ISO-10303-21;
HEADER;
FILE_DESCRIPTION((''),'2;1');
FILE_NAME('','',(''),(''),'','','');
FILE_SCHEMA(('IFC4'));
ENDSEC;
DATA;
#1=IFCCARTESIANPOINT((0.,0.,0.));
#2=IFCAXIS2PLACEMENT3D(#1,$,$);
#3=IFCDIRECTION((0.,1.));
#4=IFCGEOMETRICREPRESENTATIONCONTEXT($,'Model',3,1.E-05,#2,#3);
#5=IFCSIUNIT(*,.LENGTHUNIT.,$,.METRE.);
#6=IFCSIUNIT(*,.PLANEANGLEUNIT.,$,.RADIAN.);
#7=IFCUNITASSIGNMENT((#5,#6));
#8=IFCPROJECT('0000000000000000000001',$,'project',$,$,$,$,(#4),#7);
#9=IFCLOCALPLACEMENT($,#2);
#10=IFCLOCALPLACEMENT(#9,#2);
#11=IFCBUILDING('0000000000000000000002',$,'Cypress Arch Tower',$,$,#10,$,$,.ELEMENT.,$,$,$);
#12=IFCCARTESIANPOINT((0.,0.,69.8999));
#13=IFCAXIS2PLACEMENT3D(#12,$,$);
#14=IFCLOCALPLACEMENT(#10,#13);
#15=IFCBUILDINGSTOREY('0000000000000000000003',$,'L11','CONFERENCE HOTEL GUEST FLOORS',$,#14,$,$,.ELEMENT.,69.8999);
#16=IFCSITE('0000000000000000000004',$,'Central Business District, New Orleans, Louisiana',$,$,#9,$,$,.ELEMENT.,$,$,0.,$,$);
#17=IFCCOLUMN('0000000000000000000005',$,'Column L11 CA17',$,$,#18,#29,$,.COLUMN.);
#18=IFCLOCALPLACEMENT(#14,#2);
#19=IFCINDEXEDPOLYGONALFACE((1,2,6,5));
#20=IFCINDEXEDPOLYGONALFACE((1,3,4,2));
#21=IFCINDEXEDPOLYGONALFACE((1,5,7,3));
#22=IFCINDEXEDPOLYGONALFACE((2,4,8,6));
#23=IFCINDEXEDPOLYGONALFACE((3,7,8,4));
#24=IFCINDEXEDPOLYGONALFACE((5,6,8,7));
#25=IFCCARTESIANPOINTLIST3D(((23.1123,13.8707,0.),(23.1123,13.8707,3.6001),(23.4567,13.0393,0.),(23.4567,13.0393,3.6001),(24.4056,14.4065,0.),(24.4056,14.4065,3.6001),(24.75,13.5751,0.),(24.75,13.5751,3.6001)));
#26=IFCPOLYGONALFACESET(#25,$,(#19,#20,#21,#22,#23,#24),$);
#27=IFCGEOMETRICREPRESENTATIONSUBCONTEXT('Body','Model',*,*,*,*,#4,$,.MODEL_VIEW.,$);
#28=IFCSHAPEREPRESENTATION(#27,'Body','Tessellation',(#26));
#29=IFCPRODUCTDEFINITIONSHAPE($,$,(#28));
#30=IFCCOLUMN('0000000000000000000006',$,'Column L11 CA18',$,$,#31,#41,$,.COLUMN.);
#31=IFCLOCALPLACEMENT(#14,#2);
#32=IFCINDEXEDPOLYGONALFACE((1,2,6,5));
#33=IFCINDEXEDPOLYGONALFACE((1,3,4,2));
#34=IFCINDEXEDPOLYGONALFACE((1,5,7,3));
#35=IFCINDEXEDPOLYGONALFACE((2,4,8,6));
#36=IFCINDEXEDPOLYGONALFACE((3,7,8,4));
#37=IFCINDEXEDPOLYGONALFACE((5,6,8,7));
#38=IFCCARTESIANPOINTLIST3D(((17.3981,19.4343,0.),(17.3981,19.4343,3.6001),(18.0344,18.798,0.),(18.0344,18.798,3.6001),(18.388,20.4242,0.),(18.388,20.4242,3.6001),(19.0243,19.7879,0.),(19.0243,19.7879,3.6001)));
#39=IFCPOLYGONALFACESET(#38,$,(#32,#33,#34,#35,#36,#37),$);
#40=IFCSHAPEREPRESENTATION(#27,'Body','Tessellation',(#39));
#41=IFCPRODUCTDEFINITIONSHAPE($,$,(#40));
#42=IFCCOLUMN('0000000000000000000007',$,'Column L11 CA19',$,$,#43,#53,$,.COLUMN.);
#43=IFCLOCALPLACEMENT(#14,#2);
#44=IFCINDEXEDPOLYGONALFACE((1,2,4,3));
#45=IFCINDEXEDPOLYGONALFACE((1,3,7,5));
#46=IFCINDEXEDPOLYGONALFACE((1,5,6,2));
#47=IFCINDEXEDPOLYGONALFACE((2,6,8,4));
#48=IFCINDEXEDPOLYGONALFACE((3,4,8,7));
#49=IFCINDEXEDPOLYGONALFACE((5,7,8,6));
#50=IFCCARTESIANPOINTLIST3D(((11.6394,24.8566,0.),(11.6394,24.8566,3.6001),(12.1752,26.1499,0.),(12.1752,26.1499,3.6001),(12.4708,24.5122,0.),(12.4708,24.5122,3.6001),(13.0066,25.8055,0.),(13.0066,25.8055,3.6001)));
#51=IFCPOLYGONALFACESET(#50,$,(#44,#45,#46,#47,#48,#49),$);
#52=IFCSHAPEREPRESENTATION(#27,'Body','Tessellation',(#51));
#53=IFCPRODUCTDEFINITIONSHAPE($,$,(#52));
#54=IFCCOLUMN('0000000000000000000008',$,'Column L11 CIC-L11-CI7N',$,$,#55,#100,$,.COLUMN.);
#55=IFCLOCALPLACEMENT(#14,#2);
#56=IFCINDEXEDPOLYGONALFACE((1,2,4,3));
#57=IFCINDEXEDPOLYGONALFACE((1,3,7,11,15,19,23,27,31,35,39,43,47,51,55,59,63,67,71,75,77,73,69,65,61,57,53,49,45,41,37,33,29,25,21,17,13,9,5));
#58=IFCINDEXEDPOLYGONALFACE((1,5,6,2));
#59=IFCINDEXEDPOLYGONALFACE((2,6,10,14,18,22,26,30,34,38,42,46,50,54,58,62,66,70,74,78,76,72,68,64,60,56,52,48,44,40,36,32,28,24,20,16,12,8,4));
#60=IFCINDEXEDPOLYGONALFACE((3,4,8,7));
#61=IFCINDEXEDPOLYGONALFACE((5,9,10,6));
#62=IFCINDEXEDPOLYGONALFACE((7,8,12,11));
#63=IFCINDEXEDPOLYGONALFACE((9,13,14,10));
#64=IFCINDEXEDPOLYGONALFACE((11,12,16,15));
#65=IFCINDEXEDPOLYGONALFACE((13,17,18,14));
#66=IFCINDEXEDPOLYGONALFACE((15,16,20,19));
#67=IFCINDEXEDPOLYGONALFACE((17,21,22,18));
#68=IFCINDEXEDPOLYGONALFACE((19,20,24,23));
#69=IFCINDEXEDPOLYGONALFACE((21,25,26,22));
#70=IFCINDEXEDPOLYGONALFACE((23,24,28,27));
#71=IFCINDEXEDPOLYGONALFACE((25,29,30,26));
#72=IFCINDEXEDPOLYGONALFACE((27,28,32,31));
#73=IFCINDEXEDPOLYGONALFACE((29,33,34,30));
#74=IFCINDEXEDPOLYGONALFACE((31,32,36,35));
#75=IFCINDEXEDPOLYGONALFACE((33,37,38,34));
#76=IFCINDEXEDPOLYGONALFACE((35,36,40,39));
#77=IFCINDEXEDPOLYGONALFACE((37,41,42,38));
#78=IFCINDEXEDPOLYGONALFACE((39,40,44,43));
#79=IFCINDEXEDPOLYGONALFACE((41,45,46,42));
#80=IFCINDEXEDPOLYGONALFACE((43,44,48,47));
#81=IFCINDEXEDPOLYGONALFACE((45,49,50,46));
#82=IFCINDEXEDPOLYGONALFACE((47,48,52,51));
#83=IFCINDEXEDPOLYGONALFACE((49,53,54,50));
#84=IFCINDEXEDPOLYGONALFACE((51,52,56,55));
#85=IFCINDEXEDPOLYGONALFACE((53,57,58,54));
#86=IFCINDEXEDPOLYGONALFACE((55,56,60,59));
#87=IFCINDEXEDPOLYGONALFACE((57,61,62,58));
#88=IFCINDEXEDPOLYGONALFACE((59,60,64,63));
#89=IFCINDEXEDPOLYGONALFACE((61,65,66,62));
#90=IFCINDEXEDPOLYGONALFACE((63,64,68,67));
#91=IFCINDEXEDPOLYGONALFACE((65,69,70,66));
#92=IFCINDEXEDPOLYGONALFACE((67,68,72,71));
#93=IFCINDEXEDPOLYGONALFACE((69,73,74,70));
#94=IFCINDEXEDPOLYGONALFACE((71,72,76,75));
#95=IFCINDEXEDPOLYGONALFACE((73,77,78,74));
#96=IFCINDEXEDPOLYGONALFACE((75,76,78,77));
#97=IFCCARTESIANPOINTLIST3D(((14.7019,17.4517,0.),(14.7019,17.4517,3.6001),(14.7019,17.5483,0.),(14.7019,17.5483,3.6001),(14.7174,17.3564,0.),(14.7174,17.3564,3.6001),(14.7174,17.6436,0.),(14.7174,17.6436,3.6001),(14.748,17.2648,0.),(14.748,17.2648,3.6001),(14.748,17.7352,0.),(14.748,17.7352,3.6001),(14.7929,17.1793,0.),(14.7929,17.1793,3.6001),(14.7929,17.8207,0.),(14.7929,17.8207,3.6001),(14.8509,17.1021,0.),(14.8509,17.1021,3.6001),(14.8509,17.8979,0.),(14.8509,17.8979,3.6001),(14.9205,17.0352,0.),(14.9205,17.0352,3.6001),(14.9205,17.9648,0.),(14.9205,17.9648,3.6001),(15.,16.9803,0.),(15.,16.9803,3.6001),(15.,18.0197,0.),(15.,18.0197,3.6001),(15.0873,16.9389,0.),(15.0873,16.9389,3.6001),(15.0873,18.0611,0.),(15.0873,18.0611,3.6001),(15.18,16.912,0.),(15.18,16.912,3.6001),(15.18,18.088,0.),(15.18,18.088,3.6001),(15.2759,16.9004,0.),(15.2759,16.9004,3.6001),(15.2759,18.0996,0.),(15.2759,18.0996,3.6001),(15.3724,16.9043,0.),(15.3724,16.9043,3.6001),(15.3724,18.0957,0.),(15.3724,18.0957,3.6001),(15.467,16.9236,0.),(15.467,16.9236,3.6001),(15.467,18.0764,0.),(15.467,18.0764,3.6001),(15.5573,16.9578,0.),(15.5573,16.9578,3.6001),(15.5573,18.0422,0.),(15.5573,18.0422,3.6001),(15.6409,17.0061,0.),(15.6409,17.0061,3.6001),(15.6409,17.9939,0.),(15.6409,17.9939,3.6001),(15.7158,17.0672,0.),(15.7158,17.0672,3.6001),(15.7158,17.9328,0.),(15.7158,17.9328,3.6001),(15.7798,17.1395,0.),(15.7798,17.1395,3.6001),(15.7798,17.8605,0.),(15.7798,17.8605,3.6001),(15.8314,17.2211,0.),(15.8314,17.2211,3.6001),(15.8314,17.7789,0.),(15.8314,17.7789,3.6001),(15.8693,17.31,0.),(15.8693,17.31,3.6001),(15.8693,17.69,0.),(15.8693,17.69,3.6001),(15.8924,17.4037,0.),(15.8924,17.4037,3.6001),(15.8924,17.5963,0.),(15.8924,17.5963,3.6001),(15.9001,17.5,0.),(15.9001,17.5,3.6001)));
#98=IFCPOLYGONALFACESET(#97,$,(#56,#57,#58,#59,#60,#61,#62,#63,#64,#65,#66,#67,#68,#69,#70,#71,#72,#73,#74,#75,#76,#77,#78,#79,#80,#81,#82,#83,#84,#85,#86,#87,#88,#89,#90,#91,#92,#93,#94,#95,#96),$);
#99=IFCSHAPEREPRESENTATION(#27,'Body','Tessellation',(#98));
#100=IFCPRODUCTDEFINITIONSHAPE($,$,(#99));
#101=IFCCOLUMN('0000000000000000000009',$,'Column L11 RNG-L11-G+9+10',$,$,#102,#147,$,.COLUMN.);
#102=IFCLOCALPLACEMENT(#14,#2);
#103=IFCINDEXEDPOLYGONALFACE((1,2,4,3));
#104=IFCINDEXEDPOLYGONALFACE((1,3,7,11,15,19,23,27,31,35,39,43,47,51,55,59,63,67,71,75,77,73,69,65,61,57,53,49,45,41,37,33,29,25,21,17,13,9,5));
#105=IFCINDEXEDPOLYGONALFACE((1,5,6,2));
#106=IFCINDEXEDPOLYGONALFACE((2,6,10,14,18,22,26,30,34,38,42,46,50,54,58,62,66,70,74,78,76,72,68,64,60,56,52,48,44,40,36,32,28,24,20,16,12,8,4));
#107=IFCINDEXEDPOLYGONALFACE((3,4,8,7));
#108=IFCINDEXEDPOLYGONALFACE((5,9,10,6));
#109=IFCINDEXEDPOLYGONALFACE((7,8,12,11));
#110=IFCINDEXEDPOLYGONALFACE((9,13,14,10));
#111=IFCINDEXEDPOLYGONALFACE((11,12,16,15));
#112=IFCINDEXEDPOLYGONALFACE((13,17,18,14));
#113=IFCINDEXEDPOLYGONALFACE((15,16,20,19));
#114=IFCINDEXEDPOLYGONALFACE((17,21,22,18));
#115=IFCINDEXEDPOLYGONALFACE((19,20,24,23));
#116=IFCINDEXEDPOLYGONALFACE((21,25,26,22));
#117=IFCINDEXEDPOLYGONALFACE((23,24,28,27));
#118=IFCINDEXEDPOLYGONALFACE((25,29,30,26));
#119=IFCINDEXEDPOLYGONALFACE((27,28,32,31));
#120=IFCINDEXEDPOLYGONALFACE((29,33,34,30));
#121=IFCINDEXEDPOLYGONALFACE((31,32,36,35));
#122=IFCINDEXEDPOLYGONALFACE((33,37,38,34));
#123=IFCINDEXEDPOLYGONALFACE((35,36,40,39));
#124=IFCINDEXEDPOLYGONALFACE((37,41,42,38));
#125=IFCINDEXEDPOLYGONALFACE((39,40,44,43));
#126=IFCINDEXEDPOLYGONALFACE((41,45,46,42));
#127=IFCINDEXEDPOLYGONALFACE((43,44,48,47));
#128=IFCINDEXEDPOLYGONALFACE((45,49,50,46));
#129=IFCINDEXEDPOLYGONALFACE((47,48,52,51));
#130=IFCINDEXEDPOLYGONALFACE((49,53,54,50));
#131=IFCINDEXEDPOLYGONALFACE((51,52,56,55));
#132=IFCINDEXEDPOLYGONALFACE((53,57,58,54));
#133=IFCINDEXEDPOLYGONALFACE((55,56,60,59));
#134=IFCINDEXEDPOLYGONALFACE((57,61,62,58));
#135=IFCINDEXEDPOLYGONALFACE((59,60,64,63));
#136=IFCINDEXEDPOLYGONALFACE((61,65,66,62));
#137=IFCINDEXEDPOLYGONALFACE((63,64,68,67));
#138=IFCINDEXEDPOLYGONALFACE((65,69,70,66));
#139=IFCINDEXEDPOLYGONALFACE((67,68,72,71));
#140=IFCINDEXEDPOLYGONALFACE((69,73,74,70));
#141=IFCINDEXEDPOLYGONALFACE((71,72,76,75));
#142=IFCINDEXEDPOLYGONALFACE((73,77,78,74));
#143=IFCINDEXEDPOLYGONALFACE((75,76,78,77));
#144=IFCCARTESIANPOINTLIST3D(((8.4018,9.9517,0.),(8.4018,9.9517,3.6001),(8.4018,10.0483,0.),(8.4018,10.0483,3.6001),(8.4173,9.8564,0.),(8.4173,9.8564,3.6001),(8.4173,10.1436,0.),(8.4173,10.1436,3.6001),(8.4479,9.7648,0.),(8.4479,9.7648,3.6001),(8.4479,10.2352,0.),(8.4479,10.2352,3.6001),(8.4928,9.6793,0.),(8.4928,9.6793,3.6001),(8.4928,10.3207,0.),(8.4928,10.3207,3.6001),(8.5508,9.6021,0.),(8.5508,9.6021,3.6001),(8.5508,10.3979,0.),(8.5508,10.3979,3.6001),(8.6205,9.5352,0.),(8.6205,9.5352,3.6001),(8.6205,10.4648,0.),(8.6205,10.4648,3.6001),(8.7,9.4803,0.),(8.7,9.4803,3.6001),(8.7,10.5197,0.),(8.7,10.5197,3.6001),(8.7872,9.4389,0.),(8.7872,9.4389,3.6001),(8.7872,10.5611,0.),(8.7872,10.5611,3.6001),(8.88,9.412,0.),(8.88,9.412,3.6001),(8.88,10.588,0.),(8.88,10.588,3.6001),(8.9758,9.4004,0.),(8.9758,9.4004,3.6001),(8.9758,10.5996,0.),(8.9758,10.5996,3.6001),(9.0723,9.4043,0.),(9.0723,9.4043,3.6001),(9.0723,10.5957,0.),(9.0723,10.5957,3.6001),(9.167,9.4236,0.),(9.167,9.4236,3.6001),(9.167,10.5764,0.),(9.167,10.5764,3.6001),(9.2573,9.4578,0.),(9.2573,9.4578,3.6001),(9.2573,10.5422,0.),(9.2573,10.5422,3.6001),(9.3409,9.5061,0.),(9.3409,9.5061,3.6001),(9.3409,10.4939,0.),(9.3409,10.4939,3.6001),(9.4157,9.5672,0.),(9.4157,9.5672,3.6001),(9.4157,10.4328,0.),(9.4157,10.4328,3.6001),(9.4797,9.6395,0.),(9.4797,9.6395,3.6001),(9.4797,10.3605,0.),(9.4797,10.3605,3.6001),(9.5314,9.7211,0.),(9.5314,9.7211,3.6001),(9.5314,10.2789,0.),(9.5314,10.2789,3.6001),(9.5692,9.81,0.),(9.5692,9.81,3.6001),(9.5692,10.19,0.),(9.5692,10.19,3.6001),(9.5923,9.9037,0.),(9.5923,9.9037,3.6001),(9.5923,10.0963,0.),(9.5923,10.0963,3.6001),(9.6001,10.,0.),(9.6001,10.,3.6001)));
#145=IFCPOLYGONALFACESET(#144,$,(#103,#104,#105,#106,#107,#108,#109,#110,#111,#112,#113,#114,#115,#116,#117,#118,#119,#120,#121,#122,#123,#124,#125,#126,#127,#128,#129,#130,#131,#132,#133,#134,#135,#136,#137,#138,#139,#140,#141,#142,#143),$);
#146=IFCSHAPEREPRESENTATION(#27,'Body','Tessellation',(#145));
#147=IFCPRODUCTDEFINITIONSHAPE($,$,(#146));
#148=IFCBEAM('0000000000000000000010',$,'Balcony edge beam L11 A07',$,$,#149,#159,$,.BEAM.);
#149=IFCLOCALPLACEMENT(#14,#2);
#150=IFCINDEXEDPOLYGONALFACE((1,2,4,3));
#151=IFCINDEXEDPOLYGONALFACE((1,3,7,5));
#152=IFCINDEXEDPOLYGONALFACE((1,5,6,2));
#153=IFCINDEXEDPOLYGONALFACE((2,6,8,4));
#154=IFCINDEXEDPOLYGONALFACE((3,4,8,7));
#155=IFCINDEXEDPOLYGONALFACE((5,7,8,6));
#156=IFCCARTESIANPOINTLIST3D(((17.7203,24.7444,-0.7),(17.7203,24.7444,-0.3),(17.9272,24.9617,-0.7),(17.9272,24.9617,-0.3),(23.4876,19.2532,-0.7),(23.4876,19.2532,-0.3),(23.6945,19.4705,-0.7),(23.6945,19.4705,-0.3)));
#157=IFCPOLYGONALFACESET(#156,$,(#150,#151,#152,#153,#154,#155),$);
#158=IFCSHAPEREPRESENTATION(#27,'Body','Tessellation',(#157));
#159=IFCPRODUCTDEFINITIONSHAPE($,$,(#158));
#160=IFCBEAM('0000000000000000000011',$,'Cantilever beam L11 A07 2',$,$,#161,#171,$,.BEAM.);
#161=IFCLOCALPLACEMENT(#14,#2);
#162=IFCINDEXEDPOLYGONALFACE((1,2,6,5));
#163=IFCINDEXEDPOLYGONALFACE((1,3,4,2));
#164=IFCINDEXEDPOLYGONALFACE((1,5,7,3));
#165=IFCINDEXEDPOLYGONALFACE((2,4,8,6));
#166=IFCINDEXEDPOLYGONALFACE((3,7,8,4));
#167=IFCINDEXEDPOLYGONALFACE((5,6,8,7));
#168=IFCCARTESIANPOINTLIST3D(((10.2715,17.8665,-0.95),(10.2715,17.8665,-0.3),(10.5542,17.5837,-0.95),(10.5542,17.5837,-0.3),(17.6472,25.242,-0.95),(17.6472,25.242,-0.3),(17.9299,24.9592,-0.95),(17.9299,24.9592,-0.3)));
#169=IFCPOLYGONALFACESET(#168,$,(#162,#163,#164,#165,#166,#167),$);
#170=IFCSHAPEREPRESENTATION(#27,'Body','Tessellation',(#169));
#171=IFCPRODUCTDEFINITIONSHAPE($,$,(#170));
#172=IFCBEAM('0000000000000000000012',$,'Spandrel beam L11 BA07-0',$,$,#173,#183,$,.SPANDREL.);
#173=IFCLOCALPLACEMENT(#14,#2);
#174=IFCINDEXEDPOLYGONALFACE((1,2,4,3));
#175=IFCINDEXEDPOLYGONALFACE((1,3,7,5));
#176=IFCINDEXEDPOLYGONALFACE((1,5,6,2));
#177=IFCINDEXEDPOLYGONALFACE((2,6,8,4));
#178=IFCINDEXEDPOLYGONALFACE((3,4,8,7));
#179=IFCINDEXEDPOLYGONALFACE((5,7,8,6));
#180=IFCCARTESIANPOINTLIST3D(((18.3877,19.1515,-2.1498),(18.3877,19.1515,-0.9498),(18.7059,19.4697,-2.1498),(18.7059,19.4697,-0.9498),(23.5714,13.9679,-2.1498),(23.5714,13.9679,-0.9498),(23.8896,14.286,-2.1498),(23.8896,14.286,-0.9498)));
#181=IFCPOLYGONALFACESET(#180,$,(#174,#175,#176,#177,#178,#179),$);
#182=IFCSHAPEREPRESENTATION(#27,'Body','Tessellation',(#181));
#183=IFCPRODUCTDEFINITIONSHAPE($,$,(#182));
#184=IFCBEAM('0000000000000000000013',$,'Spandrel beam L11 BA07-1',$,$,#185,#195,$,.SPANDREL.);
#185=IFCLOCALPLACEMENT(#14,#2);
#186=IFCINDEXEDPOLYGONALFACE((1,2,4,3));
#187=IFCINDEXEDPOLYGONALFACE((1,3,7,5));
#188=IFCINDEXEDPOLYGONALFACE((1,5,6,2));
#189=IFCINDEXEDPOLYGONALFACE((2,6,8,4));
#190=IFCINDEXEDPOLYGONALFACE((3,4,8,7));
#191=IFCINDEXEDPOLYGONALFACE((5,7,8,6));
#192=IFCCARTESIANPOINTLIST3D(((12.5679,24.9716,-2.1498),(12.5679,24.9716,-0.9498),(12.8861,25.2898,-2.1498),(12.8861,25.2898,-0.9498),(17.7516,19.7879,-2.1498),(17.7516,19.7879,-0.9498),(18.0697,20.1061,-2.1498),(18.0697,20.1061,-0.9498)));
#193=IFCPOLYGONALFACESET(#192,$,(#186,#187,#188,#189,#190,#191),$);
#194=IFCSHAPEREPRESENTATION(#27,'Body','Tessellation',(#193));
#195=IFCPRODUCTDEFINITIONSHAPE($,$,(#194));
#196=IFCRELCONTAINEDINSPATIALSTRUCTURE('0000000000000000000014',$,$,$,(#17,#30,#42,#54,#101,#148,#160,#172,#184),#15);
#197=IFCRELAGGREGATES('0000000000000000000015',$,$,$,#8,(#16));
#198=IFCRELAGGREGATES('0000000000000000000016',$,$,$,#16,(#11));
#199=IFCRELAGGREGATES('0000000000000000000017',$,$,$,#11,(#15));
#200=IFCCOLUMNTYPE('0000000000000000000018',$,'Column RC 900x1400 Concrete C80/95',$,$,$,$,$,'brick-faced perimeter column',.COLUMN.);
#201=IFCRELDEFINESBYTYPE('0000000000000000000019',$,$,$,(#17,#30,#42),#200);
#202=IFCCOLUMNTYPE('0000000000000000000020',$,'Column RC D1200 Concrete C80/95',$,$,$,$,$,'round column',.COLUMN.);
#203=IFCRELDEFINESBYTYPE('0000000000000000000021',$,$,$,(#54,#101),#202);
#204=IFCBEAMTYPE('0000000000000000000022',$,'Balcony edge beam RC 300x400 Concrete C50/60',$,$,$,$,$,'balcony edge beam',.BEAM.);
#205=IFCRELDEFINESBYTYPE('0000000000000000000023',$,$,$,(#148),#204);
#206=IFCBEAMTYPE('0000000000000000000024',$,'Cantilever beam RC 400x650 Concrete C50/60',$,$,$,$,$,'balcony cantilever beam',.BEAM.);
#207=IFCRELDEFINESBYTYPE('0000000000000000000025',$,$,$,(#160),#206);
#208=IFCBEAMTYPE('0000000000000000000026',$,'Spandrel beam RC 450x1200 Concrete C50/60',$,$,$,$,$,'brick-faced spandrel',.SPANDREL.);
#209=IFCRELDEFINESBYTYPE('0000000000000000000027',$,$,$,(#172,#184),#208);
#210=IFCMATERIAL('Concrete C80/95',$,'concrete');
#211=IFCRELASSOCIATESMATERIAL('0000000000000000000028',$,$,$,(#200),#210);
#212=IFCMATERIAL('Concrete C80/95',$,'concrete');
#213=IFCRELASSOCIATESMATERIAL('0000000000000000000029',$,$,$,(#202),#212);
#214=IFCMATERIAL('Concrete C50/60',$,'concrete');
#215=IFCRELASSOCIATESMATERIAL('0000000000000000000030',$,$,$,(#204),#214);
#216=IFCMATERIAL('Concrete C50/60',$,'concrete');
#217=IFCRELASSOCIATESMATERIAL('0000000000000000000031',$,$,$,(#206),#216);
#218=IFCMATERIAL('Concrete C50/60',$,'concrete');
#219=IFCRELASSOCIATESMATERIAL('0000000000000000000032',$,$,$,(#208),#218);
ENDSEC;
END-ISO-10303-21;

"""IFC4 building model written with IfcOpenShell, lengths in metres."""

from ifc_helpers import new_model, si_unit, direction, frame, origin, origin_2d, place, context, subcontext, project, spatial, rectangle, circle, extrude, material, material_profile, profile_set, type_object, element, save


model = new_model("IFC4")

# Units and contexts
model_context = context("Model", 3, precision=1e-05, world=origin(), true_north=direction((0.0, 1.0)))
body_context = subcontext(model_context, "Body", "Model", "MODEL_VIEW")
ifc_project = project(units=[si_unit("LENGTHUNIT", "METRE"), si_unit("PLANEANGLEUNIT", "RADIAN")], contexts=[model_context])

# Site, building, storey
site_placement = place(None, origin())
site = spatial("IfcSite", under=ifc_project, at=site_placement, Name="Central Business District, New Orleans, Louisiana", CompositionType="ELEMENT", RefElevation=0.0)
building_placement = place(site_placement, origin())
building = spatial("IfcBuilding", under=site, at=building_placement, Name="Cypress Arch Tower", CompositionType="ELEMENT")
storey_placement = place(building_placement, frame((0.0, 0.0, 69.8999)))
storey = spatial("IfcBuildingStorey", under=building, at=storey_placement, Name="L11", Description="CONFERENCE HOTEL GUEST FLOORS", CompositionType="ELEMENT", Elevation=69.8999)

# Columns
ifc_material_1 = material(Name="Concrete C80/95", Category="concrete")
ifc_material_profile_1 = material_profile(ifc_material_1, rectangle(XDim=0.8999, YDim=1.3999, at=origin_2d()), Name="RC 900x1400")
ifc_profile_set_1 = profile_set([ifc_material_profile_1], Name="Concrete C80/95")
column_type_1 = type_object("IfcColumnType", Name="Column RC 900x1400 Concrete C80/95", ElementType="brick-faced perimeter column", PredefinedType="COLUMN", material=ifc_profile_set_1)
for number, where, z_axis, x_axis, name in (
    (1, (23.9312, 13.7229, 0.0), (0.0, 0.0, 1.0), (-0.382683, 0.92388, 0.0), "Column L11 CA17"),
    (2, (18.2112, 19.6111, 0.0), (0.0, 0.0, 1.0), (-0.707107, 0.707107, 0.0), "Column L11 CA18"),
    (3, (12.323, 25.3311, 0.0), (0.0, 0.0, 1.0), (-0.92388, 0.382683, 0.0), "Column L11 CA19"),
):
    element("IfcColumn", number, at=place(storey_placement, frame(where, z_axis=z_axis, x_axis=x_axis)), inside=storey, type_object=column_type_1, Name=name, PredefinedType="COLUMN", context=body_context, shape_type="SweptSolid", body=[
        extrude(rectangle(XDim=0.8999, YDim=1.3999, at=origin_2d()), origin(), (0.0, 0.0, 1.0), 3.6001),
    ])
ifc_material_2 = material(Name="Concrete C80/95", Category="concrete")
ifc_material_profile_2 = material_profile(ifc_material_2, circle(Radius=0.6001, at=origin_2d()), Name="RC D1200")
ifc_profile_set_2 = profile_set([ifc_material_profile_2], Name="Concrete C80/95")
column_type_2 = type_object("IfcColumnType", Name="Column RC D1200 Concrete C80/95", ElementType="round column", PredefinedType="COLUMN", material=ifc_profile_set_2)
for number, where, z_axis, x_axis, name in (
    (4, (15.3, 17.5, 0.0), (0.0, 0.0, 1.0), (1.0, 0.0, 0.0), "Column L11 CIC-L11-CI7N"),
    (5, (9.0, 10.0, 0.0), (0.0, 0.0, 1.0), (1.0, 0.0, 0.0), "Column L11 RNG-L11-G+9+10"),
):
    element("IfcColumn", number, at=place(storey_placement, frame(where, z_axis=z_axis, x_axis=x_axis)), inside=storey, type_object=column_type_2, Name=name, PredefinedType="COLUMN", context=body_context, shape_type="SweptSolid", body=[
        extrude(circle(Radius=0.6001, at=origin_2d()), origin(), (0.0, 0.0, 1.0), 3.6001),
    ])

# Beams
ifc_material_3 = material(Name="Concrete C50/60", Category="concrete")
ifc_material_profile_3 = material_profile(ifc_material_3, rectangle(XDim=0.3, YDim=0.3999, at=origin_2d()), Name="RC 300x400")
ifc_profile_set_3 = profile_set([ifc_material_profile_3], Name="Concrete C50/60")
beam_type_1 = type_object("IfcBeamType", Name="Balcony edge beam RC 300x400 Concrete C50/60", ElementType="balcony edge beam", PredefinedType="BEAM", material=ifc_profile_set_3)
beam_1_placement = place(storey_placement, frame((23.5911, 19.3618, -0.5), z_axis=(-0.724231, 0.689557, 0.0), x_axis=(-0.689557, -0.724231, 0.0)))
element("IfcBeam", 6, at=beam_1_placement, inside=storey, type_object=beam_type_1, Name="Balcony edge beam L11 A07", PredefinedType="BEAM", context=body_context, shape_type="SweptSolid", body=[
    extrude(rectangle(XDim=0.3, YDim=0.3999, at=origin_2d()), origin(), (0.0, 0.0, 1.0), 7.9634),
])
ifc_material_4 = material(Name="Concrete C50/60", Category="concrete")
ifc_material_profile_4 = material_profile(ifc_material_4, rectangle(XDim=0.3999, YDim=0.6499, at=origin_2d()), Name="RC 400x650")
ifc_profile_set_4 = profile_set([ifc_material_profile_4], Name="Concrete C50/60")
beam_type_2 = type_object("IfcBeamType", Name="Cantilever beam RC 400x650 Concrete C50/60", ElementType="balcony cantilever beam", PredefinedType="BEAM", material=ifc_profile_set_4)
beam_2_placement = place(storey_placement, frame((10.4128, 17.7251, -0.625), z_axis=(0.707118, 0.707095, 0.0), x_axis=(-0.707095, 0.707118, 0.0)))
element("IfcBeam", 7, at=beam_2_placement, inside=storey, type_object=beam_type_2, Name="Cantilever beam L11 A07 2", PredefinedType="BEAM", context=body_context, shape_type="SweptSolid", body=[
    extrude(rectangle(XDim=0.3999, YDim=0.6499, at=origin_2d()), origin(), (0.0, 0.0, 1.0), 10.4307),
])
ifc_material_5 = material(Name="Concrete C50/60", Category="concrete")
ifc_material_profile_5 = material_profile(ifc_material_5, rectangle(XDim=0.45, YDim=1.2, at=origin_2d()), Name="RC 450x1200")
ifc_profile_set_5 = profile_set([ifc_material_profile_5], Name="Concrete C50/60")
beam_type_3 = type_object("IfcBeamType", Name="Spandrel beam RC 450x1200 Concrete C50/60", ElementType="brick-faced spandrel", PredefinedType="SPANDREL", material=ifc_profile_set_5)
for number, where, z_axis, x_axis, name in (
    (8, (23.7305, 14.127, -1.5498), (-0.707107, 0.707107, 0.0), (-0.707107, -0.707107, 0.0), "Spandrel beam L11 BA07-0"),
    (9, (17.9106, 19.947, -1.5498), (-0.707107, 0.707107, 0.0), (-0.707107, -0.707107, 0.0), "Spandrel beam L11 BA07-1"),
):
    element("IfcBeam", number, at=place(storey_placement, frame(where, z_axis=z_axis, x_axis=x_axis)), inside=storey, type_object=beam_type_3, Name=name, PredefinedType="SPANDREL", context=body_context, shape_type="SweptSolid", body=[
        extrude(rectangle(XDim=0.45, YDim=1.2, at=origin_2d()), origin(), (0.0, 0.0, 1.0), 7.3308),
    ])

save(model, "model.ifc")
